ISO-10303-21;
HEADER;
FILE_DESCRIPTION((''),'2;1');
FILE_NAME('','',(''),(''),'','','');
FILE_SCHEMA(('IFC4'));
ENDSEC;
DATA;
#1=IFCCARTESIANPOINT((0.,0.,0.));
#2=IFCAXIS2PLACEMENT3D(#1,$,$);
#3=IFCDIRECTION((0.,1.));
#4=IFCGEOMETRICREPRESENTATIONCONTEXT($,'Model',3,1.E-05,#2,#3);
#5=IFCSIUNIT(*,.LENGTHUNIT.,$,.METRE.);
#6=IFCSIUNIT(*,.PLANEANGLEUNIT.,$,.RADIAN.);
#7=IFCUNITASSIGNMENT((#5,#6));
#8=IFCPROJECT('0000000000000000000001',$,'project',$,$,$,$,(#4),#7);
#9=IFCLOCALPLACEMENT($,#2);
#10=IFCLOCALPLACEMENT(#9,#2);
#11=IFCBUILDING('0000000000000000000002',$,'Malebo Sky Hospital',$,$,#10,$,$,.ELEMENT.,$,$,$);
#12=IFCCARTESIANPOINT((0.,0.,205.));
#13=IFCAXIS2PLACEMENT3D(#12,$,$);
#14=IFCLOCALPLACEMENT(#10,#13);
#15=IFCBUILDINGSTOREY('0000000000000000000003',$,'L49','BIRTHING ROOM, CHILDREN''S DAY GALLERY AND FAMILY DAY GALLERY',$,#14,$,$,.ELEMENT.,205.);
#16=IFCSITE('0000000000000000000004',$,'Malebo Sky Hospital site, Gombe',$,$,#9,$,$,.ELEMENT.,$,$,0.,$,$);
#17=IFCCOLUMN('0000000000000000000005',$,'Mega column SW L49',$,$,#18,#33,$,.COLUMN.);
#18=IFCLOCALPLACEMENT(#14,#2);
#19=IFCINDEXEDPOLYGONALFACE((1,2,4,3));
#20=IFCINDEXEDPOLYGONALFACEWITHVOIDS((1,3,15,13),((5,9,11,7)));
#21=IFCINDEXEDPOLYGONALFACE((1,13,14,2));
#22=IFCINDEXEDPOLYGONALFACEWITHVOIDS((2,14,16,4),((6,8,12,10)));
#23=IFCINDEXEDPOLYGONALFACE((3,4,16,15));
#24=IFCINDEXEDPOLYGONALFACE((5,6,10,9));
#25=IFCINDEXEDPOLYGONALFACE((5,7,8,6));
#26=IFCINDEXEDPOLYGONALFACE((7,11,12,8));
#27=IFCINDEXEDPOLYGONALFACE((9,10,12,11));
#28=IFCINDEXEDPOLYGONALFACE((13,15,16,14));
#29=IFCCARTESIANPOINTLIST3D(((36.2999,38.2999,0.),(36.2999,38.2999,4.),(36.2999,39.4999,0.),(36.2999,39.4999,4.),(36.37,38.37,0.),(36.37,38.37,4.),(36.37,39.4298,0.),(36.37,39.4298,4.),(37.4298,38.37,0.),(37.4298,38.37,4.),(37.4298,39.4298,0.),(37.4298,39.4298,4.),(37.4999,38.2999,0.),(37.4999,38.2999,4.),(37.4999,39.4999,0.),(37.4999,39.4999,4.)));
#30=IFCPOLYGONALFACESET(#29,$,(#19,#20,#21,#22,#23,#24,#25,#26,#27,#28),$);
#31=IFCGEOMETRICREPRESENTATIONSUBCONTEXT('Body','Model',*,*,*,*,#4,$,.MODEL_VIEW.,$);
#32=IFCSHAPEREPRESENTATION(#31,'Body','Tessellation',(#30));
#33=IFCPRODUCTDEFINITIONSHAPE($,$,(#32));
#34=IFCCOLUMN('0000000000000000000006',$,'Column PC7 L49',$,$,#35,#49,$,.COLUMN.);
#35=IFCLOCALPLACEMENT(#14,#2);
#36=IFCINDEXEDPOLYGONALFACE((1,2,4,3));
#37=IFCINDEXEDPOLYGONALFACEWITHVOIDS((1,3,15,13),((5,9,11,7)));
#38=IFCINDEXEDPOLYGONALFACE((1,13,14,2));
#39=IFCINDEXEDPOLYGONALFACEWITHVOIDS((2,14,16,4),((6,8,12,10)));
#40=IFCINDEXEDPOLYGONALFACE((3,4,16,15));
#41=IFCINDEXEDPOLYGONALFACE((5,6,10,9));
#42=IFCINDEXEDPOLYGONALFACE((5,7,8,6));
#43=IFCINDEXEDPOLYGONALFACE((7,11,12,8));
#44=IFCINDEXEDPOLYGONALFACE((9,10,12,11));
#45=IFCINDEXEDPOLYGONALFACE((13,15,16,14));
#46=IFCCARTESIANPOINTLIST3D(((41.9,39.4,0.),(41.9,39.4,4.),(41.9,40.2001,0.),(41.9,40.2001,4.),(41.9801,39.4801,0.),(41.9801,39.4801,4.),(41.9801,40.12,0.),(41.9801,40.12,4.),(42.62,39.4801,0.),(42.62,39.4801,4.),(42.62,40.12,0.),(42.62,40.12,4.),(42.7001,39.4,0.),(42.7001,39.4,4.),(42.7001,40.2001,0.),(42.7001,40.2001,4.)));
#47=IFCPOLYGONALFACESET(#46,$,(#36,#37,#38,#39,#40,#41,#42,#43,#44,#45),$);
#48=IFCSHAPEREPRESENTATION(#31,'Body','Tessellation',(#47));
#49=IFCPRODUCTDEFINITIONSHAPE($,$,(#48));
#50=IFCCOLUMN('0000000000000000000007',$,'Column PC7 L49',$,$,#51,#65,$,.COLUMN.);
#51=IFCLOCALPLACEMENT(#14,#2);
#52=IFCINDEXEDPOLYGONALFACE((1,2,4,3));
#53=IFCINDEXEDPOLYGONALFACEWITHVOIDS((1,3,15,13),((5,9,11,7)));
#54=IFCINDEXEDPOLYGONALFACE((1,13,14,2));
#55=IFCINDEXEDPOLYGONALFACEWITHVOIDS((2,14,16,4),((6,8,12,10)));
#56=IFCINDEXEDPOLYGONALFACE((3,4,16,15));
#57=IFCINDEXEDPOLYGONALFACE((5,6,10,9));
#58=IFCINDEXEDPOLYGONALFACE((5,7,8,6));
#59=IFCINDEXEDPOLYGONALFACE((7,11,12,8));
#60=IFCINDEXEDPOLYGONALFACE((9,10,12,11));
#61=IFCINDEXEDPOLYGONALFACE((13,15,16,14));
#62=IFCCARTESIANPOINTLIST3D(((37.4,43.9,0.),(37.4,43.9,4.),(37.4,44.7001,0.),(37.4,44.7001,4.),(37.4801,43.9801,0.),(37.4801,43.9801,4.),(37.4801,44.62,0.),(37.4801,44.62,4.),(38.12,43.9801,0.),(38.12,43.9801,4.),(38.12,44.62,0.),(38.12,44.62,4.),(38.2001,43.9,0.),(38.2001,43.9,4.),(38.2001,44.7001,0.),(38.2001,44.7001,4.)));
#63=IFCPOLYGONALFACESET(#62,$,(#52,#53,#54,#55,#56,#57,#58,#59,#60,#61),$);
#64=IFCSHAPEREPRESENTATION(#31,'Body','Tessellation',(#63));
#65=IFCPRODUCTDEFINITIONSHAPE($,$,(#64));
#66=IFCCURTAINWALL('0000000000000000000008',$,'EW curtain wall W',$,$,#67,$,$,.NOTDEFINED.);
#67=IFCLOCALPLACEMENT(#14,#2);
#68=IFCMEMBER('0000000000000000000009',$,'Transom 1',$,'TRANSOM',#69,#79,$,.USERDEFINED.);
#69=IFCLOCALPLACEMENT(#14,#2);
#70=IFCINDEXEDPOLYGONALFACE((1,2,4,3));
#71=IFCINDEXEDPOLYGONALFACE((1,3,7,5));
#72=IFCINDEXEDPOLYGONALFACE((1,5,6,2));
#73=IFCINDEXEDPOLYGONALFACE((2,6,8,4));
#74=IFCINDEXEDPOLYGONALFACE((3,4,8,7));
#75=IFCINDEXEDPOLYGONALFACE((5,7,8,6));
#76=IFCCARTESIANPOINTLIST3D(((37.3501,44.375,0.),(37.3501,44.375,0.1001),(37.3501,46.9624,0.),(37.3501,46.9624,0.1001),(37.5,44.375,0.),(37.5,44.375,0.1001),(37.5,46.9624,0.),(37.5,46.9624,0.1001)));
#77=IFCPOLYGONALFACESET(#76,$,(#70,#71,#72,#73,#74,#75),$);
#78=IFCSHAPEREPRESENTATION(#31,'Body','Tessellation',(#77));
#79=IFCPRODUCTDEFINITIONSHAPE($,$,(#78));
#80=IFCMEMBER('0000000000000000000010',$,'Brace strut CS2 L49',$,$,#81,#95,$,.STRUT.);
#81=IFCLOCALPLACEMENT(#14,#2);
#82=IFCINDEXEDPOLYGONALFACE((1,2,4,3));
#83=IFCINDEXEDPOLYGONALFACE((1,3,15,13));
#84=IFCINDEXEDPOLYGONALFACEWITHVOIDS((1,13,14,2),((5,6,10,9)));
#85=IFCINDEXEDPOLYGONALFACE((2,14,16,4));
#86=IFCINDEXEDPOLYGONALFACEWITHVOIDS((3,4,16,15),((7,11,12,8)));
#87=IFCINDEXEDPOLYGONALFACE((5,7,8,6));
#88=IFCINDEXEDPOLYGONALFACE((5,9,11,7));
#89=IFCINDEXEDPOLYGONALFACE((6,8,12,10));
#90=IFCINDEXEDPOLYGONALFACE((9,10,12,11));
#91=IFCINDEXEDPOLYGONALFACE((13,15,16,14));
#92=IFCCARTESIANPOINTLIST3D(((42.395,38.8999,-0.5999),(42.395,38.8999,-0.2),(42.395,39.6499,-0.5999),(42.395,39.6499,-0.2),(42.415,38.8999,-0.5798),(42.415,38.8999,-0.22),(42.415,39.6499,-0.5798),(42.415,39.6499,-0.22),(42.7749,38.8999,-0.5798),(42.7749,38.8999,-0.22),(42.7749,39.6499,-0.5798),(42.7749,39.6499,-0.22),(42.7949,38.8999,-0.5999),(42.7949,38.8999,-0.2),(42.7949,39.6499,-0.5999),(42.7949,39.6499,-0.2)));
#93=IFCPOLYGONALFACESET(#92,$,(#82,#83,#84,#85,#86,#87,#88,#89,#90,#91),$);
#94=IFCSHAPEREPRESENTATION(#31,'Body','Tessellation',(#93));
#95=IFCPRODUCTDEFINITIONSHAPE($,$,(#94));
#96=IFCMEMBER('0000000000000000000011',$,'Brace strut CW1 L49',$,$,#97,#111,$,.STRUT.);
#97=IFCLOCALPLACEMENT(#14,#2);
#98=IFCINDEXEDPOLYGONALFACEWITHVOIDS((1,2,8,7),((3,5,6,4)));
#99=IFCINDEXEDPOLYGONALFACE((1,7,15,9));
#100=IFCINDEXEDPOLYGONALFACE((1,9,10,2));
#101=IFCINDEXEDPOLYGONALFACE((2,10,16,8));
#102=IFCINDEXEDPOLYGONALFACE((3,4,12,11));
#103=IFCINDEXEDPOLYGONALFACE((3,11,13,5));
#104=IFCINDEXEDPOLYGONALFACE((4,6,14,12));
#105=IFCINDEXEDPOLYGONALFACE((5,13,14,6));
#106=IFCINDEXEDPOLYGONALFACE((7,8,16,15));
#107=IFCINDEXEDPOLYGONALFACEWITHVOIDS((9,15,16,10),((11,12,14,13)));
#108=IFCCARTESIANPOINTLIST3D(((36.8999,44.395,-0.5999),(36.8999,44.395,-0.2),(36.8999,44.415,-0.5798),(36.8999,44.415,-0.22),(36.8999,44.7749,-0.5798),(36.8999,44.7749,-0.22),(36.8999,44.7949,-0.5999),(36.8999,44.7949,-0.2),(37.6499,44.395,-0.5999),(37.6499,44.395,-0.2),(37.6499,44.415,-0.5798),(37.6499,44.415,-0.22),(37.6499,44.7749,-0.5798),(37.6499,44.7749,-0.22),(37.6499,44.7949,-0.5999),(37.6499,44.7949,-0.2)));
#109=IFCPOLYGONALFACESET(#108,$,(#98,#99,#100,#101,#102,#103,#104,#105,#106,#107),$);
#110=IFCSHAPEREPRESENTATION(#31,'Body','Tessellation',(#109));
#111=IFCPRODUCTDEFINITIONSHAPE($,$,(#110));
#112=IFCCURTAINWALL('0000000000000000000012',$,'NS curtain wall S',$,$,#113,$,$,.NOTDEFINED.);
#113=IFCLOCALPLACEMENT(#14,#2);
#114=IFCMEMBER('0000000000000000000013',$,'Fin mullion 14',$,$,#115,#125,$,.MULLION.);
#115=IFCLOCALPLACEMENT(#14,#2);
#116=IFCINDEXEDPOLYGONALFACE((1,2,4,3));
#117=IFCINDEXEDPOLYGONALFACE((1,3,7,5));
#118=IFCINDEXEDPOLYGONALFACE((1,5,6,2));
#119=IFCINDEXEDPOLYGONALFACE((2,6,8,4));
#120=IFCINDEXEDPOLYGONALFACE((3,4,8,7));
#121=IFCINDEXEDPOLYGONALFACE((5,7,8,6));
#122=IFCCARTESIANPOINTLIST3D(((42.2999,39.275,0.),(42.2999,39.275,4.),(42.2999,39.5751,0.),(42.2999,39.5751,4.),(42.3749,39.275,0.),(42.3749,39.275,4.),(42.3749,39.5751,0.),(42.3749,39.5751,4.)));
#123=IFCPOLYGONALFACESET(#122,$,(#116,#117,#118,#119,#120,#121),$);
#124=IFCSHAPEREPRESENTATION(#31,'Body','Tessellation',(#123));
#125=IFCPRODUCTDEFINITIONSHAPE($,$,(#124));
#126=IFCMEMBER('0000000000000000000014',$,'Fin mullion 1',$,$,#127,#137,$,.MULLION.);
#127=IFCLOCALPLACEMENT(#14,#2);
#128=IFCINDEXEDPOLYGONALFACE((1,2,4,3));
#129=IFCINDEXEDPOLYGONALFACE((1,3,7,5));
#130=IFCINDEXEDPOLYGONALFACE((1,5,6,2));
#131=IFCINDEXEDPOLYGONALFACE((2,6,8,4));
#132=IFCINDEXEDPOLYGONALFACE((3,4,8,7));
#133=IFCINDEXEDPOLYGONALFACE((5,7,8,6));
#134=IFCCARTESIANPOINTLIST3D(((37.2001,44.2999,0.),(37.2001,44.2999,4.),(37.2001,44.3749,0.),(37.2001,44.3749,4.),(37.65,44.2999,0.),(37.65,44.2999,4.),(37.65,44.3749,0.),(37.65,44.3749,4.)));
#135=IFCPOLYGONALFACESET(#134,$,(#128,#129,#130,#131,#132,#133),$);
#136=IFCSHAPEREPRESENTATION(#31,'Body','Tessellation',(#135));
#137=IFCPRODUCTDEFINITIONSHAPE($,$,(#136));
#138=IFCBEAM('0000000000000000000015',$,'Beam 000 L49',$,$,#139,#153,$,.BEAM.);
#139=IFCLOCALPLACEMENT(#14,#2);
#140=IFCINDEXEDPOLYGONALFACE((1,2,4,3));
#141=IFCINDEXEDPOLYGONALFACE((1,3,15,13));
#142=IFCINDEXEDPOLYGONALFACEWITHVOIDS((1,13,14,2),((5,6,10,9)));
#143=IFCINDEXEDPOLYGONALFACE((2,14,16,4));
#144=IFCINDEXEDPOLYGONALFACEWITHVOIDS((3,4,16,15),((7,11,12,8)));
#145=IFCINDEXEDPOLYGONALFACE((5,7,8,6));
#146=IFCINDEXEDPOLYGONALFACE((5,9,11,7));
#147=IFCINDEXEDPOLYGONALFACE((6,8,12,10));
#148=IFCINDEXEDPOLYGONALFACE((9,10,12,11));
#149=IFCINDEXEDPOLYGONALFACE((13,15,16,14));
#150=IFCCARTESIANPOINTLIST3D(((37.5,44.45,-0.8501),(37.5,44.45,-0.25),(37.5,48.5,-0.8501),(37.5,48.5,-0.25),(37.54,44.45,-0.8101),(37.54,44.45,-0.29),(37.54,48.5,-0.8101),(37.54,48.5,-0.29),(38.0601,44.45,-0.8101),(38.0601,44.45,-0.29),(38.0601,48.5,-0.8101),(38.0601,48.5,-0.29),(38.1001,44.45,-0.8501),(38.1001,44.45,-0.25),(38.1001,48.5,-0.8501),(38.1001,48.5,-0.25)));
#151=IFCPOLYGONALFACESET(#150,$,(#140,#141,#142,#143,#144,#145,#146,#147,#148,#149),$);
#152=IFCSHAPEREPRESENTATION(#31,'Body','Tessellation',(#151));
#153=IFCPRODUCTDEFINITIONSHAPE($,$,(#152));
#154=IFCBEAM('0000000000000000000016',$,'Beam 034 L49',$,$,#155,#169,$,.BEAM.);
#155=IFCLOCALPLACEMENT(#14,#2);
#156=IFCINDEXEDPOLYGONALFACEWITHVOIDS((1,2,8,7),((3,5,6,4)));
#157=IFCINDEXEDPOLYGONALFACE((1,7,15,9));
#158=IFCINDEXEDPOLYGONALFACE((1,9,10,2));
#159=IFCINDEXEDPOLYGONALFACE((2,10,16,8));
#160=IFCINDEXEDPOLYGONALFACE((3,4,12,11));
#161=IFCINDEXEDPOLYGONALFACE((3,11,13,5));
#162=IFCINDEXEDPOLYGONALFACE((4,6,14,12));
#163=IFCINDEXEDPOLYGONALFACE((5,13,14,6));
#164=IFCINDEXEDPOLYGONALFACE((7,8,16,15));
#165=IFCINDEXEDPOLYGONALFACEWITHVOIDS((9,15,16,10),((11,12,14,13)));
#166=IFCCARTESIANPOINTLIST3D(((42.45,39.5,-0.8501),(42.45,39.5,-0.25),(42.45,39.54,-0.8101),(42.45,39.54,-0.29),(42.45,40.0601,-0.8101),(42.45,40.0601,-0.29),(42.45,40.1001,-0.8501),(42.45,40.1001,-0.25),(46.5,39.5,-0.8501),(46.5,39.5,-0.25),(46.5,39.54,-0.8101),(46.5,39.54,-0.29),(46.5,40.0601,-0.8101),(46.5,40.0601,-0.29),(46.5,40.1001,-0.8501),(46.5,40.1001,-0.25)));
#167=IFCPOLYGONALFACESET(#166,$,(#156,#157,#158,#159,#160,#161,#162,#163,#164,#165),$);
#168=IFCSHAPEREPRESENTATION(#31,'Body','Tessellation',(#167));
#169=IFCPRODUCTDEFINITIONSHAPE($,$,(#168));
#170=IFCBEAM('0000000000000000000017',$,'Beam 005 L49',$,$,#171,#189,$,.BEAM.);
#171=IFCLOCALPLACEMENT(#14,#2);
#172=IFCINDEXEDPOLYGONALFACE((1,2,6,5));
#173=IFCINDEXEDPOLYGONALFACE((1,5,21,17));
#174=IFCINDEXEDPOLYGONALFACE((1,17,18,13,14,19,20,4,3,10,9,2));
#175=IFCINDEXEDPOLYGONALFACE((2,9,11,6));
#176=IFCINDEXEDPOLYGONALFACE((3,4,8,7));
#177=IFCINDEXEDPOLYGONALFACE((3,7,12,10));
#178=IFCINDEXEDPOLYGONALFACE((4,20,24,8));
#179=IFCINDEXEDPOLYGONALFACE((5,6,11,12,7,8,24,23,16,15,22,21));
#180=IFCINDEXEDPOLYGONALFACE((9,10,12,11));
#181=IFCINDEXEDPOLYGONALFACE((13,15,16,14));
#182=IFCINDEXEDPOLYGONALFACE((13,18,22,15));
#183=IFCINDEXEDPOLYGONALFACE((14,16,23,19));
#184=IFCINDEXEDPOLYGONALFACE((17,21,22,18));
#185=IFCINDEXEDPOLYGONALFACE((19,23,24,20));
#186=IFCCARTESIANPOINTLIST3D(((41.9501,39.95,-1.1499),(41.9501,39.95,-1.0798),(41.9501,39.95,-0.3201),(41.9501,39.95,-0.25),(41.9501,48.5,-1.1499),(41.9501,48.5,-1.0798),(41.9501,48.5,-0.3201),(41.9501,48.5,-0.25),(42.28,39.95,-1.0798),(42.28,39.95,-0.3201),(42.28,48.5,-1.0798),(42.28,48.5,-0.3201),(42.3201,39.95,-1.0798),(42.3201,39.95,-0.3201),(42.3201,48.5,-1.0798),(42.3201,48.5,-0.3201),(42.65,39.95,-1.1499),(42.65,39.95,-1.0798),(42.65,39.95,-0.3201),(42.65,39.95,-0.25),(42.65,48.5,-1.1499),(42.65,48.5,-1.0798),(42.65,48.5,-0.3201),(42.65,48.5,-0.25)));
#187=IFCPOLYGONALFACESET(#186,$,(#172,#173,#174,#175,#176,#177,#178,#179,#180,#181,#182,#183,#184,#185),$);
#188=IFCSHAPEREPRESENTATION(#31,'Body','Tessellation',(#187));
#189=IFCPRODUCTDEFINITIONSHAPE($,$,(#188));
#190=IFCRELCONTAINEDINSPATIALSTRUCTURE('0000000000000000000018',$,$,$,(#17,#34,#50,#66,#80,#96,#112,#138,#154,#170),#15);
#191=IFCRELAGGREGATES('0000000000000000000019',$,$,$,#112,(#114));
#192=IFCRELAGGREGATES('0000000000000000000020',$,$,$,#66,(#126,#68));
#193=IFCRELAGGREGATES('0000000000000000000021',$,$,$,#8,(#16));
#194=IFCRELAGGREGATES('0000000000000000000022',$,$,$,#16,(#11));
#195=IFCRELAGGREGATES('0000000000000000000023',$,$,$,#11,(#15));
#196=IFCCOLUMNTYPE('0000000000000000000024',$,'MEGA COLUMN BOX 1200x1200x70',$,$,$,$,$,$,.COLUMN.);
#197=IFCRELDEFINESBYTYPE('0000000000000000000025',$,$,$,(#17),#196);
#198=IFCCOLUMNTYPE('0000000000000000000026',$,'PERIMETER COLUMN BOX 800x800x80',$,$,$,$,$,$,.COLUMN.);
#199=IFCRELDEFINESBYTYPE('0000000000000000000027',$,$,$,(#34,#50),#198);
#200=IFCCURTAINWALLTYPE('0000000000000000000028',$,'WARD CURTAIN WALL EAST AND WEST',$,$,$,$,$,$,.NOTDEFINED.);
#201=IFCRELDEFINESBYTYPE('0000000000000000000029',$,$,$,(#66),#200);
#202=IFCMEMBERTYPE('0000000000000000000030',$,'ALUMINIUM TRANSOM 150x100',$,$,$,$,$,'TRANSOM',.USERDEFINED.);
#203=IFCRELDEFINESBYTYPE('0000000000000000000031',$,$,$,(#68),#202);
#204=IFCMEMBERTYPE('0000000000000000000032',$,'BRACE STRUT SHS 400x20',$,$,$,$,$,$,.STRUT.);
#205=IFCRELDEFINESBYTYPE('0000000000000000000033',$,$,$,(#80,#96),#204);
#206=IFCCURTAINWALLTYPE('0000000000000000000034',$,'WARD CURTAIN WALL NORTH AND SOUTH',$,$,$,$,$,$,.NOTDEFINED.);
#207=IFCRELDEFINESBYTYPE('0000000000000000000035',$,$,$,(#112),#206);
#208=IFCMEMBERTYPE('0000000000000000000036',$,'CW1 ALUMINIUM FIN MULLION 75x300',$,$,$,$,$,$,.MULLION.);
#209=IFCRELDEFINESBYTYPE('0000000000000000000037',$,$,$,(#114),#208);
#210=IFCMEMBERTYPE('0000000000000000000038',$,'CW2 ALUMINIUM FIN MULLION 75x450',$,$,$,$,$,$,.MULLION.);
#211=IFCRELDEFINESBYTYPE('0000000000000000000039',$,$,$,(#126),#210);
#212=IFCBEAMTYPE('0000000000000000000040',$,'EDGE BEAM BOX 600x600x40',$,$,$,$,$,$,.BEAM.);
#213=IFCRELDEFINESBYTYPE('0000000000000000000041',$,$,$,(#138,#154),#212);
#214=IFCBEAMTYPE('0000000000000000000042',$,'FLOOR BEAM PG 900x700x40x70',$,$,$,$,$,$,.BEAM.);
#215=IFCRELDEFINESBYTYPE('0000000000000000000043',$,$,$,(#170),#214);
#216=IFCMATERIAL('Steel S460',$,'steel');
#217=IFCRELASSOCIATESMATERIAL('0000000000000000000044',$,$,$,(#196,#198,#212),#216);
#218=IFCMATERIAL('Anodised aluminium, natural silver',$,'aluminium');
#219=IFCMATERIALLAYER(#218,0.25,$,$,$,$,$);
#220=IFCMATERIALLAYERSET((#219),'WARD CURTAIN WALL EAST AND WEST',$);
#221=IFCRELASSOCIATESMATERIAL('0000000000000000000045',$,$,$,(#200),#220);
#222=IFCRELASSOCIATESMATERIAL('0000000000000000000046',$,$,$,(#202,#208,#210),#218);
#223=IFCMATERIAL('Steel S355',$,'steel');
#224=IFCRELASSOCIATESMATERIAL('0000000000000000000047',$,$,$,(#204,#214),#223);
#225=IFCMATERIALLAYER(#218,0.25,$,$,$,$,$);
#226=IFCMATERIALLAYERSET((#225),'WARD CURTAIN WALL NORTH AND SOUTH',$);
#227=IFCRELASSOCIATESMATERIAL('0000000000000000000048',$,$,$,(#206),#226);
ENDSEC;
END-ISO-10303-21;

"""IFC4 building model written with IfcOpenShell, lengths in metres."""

from ifc_helpers import new_model, si_unit, direction, frame, origin, origin_2d, place, context, subcontext, project, spatial, rectangle, hollow_rectangle, i_section, extrude, material, layer, layer_set, material_profile, profile_set, type_object, element, aggregate, save


model = new_model("IFC4")

# Units and contexts
model_context = context("Model", 3, precision=1e-05, world=origin(), true_north=direction((0.0, 1.0)))
body_context = subcontext(model_context, "Body", "Model", "MODEL_VIEW")
ifc_project = project(units=[si_unit("LENGTHUNIT", "METRE"), si_unit("PLANEANGLEUNIT", "RADIAN")], contexts=[model_context])

# Site, building, storey
site_placement = place(None, origin())
site = spatial("IfcSite", under=ifc_project, at=site_placement, Name="Malebo Sky Hospital site, Gombe", CompositionType="ELEMENT", RefElevation=0.0)
building_placement = place(site_placement, origin())
building = spatial("IfcBuilding", under=site, at=building_placement, Name="Malebo Sky Hospital", CompositionType="ELEMENT")
storey_placement = place(building_placement, frame((0.0, 0.0, 205.0)))
storey = spatial("IfcBuildingStorey", under=building, at=storey_placement, Name="L49", Description="BIRTHING ROOM, CHILDREN'S DAY GALLERY AND FAMILY DAY GALLERY", CompositionType="ELEMENT", Elevation=205.0)

# Columns
ifc_material_1 = material(Name="Steel S460", Category="steel")
ifc_material_profile_1 = material_profile(ifc_material_1, hollow_rectangle(XDim=1.2, YDim=1.2, WallThickness=0.0701, at=origin_2d()), Name="BOX 1200x1200x70")
ifc_profile_set_1 = profile_set([ifc_material_profile_1], Name="Steel S460")
column_type_1 = type_object("IfcColumnType", Name="MEGA COLUMN BOX 1200x1200x70", PredefinedType="COLUMN", material=ifc_profile_set_1)
column_placement = place(storey_placement, frame((36.8999, 38.8999, 0.0), z_axis=(0.0, 0.0, 1.0), x_axis=(1.0, 0.0, 0.0)))
element("IfcColumn", 1, at=column_placement, inside=storey, type_object=column_type_1, Name="Mega column SW L49", PredefinedType="COLUMN", context=body_context, shape_type="SweptSolid", body=[
    extrude(hollow_rectangle(XDim=1.2, YDim=1.2, WallThickness=0.0701, at=origin_2d()), origin(), (0.0, 0.0, 1.0), 4.0),
])
ifc_material_profile_2 = material_profile(ifc_material_1, hollow_rectangle(XDim=0.8, YDim=0.8, WallThickness=0.0801, at=origin_2d()), Name="BOX 800x800x80")
ifc_profile_set_2 = profile_set([ifc_material_profile_2], Name="Steel S460")
column_type_2 = type_object("IfcColumnType", Name="PERIMETER COLUMN BOX 800x800x80", PredefinedType="COLUMN", material=ifc_profile_set_2)
for number, where, z_axis, x_axis, name in (
    (2, (42.3, 39.8, 0.0), (0.0, 0.0, 1.0), (1.0, 0.0, 0.0), "Column PC7 L49"),
    (3, (37.8, 44.3, 0.0), (0.0, 0.0, 1.0), (1.0, 0.0, 0.0), "Column PC7 L49"),
):
    element("IfcColumn", number, at=place(storey_placement, frame(where, z_axis=z_axis, x_axis=x_axis)), inside=storey, type_object=column_type_2, Name=name, PredefinedType="COLUMN", context=body_context, shape_type="SweptSolid", body=[
        extrude(hollow_rectangle(XDim=0.8, YDim=0.8, WallThickness=0.0801, at=origin_2d()), origin(), (0.0, 0.0, 1.0), 4.0),
    ])

# Curtain wall, member
ifc_material_2 = material(Name="Anodised aluminium, natural silver", Category="aluminium")
ifc_layer_1 = layer(ifc_material_2, 0.25)
ifc_layer_set_1 = layer_set([ifc_layer_1], Name="WARD CURTAIN WALL EAST AND WEST")
curtain_wall_type_1 = type_object("IfcCurtainWallType", Name="WARD CURTAIN WALL EAST AND WEST", PredefinedType="NOTDEFINED", material=ifc_layer_set_1)
curtain_wall_1_placement = place(storey_placement, origin())
curtain_wall_1 = element("IfcCurtainWall", 4, at=curtain_wall_1_placement, inside=storey, type_object=curtain_wall_type_1, Name="EW curtain wall W", PredefinedType="NOTDEFINED")
ifc_material_profile_3 = material_profile(ifc_material_2, rectangle(XDim=0.1499, YDim=0.1001, at=origin_2d()), Name="ALUMINIUM TRANSOM 150x100")
ifc_profile_set_3 = profile_set([ifc_material_profile_3], Name="Anodised aluminium, natural silver")
member_type_1 = type_object("IfcMemberType", Name="ALUMINIUM TRANSOM 150x100", ElementType="TRANSOM", PredefinedType="USERDEFINED", material=ifc_profile_set_3)
member_1_placement = place(storey_placement, frame((37.425, 44.375, 0.05), z_axis=(0.0, 1.0, 0.0), x_axis=(-1.0, 0.0, 0.0)))
member_1 = element("IfcMember", 5, at=member_1_placement, type_object=member_type_1, Name="Transom 1", ObjectType="TRANSOM", PredefinedType="USERDEFINED", context=body_context, shape_type="SweptSolid", body=[
    extrude(rectangle(XDim=0.1499, YDim=0.1001, at=origin_2d()), origin(), (0.0, 0.0, 1.0), 2.5874),
])

# Members
ifc_material_3 = material(Name="Steel S355", Category="steel")
ifc_material_profile_4 = material_profile(ifc_material_3, hollow_rectangle(XDim=0.3999, YDim=0.3999, WallThickness=0.02, at=origin_2d()), Name="SHS 400x20")
ifc_profile_set_4 = profile_set([ifc_material_profile_4], Name="Steel S355")
member_type_2 = type_object("IfcMemberType", Name="BRACE STRUT SHS 400x20", PredefinedType="STRUT", material=ifc_profile_set_4)
for number, where, z_axis, x_axis, name in (
    (6, (42.595, 38.8999, -0.3999), (0.0, 1.0, 0.0), (-1.0, 0.0, 0.0), "Brace strut CS2 L49"),
    (7, (36.8999, 44.595, -0.3999), (1.0, 0.0, 0.0), (0.0, 1.0, 0.0), "Brace strut CW1 L49"),
):
    element("IfcMember", number, at=place(storey_placement, frame(where, z_axis=z_axis, x_axis=x_axis)), inside=storey, type_object=member_type_2, Name=name, PredefinedType="STRUT", context=body_context, shape_type="SweptSolid", body=[
        extrude(hollow_rectangle(XDim=0.3999, YDim=0.3999, WallThickness=0.02, at=origin_2d()), origin(), (0.0, 0.0, 1.0), 0.75),
    ])

# Curtain wall, member
ifc_layer_2 = layer(ifc_material_2, 0.25)
ifc_layer_set_2 = layer_set([ifc_layer_2], Name="WARD CURTAIN WALL NORTH AND SOUTH")
curtain_wall_type_2 = type_object("IfcCurtainWallType", Name="WARD CURTAIN WALL NORTH AND SOUTH", PredefinedType="NOTDEFINED", material=ifc_layer_set_2)
curtain_wall_2_placement = place(storey_placement, origin())
curtain_wall_2 = element("IfcCurtainWall", 8, at=curtain_wall_2_placement, inside=storey, type_object=curtain_wall_type_2, Name="NS curtain wall S", PredefinedType="NOTDEFINED")
ifc_material_profile_5 = material_profile(ifc_material_2, rectangle(XDim=0.075, YDim=0.3, at=origin_2d()), Name="CW1 ALUMINIUM FIN MULLION 75x300")
ifc_profile_set_5 = profile_set([ifc_material_profile_5], Name="Anodised aluminium, natural silver")
member_type_3 = type_object("IfcMemberType", Name="CW1 ALUMINIUM FIN MULLION 75x300", PredefinedType="MULLION", material=ifc_profile_set_5)
member_2_placement = place(storey_placement, frame((42.3374, 39.425, 0.0), z_axis=(0.0, 0.0, 1.0), x_axis=(-1.0, 0.0, 0.0)))
member_2 = element("IfcMember", 9, at=member_2_placement, type_object=member_type_3, Name="Fin mullion 14", PredefinedType="MULLION", context=body_context, shape_type="SweptSolid", body=[
    extrude(rectangle(XDim=0.075, YDim=0.3, at=origin_2d()), origin(), (0.0, 0.0, 1.0), 4.0),
])
aggregate(curtain_wall_2, [member_2])

# Member
ifc_material_profile_6 = material_profile(ifc_material_2, rectangle(XDim=0.075, YDim=0.45, at=origin_2d()), Name="CW2 ALUMINIUM FIN MULLION 75x450")
ifc_profile_set_6 = profile_set([ifc_material_profile_6], Name="Anodised aluminium, natural silver")
member_type_4 = type_object("IfcMemberType", Name="CW2 ALUMINIUM FIN MULLION 75x450", PredefinedType="MULLION", material=ifc_profile_set_6)
member_3_placement = place(storey_placement, frame((37.425, 44.3374, 0.0), z_axis=(0.0, 0.0, 1.0), x_axis=(0.0, 1.0, 0.0)))
member_3 = element("IfcMember", 10, at=member_3_placement, type_object=member_type_4, Name="Fin mullion 1", PredefinedType="MULLION", context=body_context, shape_type="SweptSolid", body=[
    extrude(rectangle(XDim=0.075, YDim=0.45, at=origin_2d()), origin(), (0.0, 0.0, 1.0), 4.0),
])
aggregate(curtain_wall_1, [member_3, member_1])

# Beams
ifc_material_profile_7 = material_profile(ifc_material_1, hollow_rectangle(XDim=0.6001, YDim=0.6001, WallThickness=0.04, at=origin_2d()), Name="BOX 600x600x40")
ifc_profile_set_7 = profile_set([ifc_material_profile_7], Name="Steel S460")
beam_type_1 = type_object("IfcBeamType", Name="EDGE BEAM BOX 600x600x40", PredefinedType="BEAM", material=ifc_profile_set_7)
for number, where, z_axis, x_axis, name in (
    (11, (37.8, 44.45, -0.55), (0.0, 1.0, 0.0), (-1.0, 0.0, 0.0), "Beam 000 L49"),
    (12, (42.45, 39.8, -0.55), (1.0, 0.0, 0.0), (0.0, 1.0, 0.0), "Beam 034 L49"),
):
    element("IfcBeam", number, at=place(storey_placement, frame(where, z_axis=z_axis, x_axis=x_axis)), inside=storey, type_object=beam_type_1, Name=name, PredefinedType="BEAM", context=body_context, shape_type="SweptSolid", body=[
        extrude(hollow_rectangle(XDim=0.6001, YDim=0.6001, WallThickness=0.04, at=origin_2d()), origin(), (0.0, 0.0, 1.0), 4.05),
    ])
ifc_material_profile_8 = material_profile(ifc_material_3, i_section(OverallWidth=0.7, OverallDepth=0.8999, WebThickness=0.04, FlangeThickness=0.0701, at=origin_2d()), Name="PG 900x700x40x70")
ifc_profile_set_8 = profile_set([ifc_material_profile_8], Name="Steel S355")
beam_type_2 = type_object("IfcBeamType", Name="FLOOR BEAM PG 900x700x40x70", PredefinedType="BEAM", material=ifc_profile_set_8)
for number, where, z_axis, x_axis, name in (
    (13, (42.3, 39.95, -0.7), (0.0, 1.0, 0.0), (-1.0, 0.0, 0.0), "Beam 005 L49"),
):
    element("IfcBeam", number, at=place(storey_placement, frame(where, z_axis=z_axis, x_axis=x_axis)), inside=storey, type_object=beam_type_2, Name=name, PredefinedType="BEAM", context=body_context, shape_type="SweptSolid", body=[
        extrude(i_section(OverallWidth=0.7, OverallDepth=0.8999, WebThickness=0.04, FlangeThickness=0.0701, at=origin_2d()), origin(), (0.0, 0.0, 1.0), 8.55),
    ])

save(model, "model.ifc")
